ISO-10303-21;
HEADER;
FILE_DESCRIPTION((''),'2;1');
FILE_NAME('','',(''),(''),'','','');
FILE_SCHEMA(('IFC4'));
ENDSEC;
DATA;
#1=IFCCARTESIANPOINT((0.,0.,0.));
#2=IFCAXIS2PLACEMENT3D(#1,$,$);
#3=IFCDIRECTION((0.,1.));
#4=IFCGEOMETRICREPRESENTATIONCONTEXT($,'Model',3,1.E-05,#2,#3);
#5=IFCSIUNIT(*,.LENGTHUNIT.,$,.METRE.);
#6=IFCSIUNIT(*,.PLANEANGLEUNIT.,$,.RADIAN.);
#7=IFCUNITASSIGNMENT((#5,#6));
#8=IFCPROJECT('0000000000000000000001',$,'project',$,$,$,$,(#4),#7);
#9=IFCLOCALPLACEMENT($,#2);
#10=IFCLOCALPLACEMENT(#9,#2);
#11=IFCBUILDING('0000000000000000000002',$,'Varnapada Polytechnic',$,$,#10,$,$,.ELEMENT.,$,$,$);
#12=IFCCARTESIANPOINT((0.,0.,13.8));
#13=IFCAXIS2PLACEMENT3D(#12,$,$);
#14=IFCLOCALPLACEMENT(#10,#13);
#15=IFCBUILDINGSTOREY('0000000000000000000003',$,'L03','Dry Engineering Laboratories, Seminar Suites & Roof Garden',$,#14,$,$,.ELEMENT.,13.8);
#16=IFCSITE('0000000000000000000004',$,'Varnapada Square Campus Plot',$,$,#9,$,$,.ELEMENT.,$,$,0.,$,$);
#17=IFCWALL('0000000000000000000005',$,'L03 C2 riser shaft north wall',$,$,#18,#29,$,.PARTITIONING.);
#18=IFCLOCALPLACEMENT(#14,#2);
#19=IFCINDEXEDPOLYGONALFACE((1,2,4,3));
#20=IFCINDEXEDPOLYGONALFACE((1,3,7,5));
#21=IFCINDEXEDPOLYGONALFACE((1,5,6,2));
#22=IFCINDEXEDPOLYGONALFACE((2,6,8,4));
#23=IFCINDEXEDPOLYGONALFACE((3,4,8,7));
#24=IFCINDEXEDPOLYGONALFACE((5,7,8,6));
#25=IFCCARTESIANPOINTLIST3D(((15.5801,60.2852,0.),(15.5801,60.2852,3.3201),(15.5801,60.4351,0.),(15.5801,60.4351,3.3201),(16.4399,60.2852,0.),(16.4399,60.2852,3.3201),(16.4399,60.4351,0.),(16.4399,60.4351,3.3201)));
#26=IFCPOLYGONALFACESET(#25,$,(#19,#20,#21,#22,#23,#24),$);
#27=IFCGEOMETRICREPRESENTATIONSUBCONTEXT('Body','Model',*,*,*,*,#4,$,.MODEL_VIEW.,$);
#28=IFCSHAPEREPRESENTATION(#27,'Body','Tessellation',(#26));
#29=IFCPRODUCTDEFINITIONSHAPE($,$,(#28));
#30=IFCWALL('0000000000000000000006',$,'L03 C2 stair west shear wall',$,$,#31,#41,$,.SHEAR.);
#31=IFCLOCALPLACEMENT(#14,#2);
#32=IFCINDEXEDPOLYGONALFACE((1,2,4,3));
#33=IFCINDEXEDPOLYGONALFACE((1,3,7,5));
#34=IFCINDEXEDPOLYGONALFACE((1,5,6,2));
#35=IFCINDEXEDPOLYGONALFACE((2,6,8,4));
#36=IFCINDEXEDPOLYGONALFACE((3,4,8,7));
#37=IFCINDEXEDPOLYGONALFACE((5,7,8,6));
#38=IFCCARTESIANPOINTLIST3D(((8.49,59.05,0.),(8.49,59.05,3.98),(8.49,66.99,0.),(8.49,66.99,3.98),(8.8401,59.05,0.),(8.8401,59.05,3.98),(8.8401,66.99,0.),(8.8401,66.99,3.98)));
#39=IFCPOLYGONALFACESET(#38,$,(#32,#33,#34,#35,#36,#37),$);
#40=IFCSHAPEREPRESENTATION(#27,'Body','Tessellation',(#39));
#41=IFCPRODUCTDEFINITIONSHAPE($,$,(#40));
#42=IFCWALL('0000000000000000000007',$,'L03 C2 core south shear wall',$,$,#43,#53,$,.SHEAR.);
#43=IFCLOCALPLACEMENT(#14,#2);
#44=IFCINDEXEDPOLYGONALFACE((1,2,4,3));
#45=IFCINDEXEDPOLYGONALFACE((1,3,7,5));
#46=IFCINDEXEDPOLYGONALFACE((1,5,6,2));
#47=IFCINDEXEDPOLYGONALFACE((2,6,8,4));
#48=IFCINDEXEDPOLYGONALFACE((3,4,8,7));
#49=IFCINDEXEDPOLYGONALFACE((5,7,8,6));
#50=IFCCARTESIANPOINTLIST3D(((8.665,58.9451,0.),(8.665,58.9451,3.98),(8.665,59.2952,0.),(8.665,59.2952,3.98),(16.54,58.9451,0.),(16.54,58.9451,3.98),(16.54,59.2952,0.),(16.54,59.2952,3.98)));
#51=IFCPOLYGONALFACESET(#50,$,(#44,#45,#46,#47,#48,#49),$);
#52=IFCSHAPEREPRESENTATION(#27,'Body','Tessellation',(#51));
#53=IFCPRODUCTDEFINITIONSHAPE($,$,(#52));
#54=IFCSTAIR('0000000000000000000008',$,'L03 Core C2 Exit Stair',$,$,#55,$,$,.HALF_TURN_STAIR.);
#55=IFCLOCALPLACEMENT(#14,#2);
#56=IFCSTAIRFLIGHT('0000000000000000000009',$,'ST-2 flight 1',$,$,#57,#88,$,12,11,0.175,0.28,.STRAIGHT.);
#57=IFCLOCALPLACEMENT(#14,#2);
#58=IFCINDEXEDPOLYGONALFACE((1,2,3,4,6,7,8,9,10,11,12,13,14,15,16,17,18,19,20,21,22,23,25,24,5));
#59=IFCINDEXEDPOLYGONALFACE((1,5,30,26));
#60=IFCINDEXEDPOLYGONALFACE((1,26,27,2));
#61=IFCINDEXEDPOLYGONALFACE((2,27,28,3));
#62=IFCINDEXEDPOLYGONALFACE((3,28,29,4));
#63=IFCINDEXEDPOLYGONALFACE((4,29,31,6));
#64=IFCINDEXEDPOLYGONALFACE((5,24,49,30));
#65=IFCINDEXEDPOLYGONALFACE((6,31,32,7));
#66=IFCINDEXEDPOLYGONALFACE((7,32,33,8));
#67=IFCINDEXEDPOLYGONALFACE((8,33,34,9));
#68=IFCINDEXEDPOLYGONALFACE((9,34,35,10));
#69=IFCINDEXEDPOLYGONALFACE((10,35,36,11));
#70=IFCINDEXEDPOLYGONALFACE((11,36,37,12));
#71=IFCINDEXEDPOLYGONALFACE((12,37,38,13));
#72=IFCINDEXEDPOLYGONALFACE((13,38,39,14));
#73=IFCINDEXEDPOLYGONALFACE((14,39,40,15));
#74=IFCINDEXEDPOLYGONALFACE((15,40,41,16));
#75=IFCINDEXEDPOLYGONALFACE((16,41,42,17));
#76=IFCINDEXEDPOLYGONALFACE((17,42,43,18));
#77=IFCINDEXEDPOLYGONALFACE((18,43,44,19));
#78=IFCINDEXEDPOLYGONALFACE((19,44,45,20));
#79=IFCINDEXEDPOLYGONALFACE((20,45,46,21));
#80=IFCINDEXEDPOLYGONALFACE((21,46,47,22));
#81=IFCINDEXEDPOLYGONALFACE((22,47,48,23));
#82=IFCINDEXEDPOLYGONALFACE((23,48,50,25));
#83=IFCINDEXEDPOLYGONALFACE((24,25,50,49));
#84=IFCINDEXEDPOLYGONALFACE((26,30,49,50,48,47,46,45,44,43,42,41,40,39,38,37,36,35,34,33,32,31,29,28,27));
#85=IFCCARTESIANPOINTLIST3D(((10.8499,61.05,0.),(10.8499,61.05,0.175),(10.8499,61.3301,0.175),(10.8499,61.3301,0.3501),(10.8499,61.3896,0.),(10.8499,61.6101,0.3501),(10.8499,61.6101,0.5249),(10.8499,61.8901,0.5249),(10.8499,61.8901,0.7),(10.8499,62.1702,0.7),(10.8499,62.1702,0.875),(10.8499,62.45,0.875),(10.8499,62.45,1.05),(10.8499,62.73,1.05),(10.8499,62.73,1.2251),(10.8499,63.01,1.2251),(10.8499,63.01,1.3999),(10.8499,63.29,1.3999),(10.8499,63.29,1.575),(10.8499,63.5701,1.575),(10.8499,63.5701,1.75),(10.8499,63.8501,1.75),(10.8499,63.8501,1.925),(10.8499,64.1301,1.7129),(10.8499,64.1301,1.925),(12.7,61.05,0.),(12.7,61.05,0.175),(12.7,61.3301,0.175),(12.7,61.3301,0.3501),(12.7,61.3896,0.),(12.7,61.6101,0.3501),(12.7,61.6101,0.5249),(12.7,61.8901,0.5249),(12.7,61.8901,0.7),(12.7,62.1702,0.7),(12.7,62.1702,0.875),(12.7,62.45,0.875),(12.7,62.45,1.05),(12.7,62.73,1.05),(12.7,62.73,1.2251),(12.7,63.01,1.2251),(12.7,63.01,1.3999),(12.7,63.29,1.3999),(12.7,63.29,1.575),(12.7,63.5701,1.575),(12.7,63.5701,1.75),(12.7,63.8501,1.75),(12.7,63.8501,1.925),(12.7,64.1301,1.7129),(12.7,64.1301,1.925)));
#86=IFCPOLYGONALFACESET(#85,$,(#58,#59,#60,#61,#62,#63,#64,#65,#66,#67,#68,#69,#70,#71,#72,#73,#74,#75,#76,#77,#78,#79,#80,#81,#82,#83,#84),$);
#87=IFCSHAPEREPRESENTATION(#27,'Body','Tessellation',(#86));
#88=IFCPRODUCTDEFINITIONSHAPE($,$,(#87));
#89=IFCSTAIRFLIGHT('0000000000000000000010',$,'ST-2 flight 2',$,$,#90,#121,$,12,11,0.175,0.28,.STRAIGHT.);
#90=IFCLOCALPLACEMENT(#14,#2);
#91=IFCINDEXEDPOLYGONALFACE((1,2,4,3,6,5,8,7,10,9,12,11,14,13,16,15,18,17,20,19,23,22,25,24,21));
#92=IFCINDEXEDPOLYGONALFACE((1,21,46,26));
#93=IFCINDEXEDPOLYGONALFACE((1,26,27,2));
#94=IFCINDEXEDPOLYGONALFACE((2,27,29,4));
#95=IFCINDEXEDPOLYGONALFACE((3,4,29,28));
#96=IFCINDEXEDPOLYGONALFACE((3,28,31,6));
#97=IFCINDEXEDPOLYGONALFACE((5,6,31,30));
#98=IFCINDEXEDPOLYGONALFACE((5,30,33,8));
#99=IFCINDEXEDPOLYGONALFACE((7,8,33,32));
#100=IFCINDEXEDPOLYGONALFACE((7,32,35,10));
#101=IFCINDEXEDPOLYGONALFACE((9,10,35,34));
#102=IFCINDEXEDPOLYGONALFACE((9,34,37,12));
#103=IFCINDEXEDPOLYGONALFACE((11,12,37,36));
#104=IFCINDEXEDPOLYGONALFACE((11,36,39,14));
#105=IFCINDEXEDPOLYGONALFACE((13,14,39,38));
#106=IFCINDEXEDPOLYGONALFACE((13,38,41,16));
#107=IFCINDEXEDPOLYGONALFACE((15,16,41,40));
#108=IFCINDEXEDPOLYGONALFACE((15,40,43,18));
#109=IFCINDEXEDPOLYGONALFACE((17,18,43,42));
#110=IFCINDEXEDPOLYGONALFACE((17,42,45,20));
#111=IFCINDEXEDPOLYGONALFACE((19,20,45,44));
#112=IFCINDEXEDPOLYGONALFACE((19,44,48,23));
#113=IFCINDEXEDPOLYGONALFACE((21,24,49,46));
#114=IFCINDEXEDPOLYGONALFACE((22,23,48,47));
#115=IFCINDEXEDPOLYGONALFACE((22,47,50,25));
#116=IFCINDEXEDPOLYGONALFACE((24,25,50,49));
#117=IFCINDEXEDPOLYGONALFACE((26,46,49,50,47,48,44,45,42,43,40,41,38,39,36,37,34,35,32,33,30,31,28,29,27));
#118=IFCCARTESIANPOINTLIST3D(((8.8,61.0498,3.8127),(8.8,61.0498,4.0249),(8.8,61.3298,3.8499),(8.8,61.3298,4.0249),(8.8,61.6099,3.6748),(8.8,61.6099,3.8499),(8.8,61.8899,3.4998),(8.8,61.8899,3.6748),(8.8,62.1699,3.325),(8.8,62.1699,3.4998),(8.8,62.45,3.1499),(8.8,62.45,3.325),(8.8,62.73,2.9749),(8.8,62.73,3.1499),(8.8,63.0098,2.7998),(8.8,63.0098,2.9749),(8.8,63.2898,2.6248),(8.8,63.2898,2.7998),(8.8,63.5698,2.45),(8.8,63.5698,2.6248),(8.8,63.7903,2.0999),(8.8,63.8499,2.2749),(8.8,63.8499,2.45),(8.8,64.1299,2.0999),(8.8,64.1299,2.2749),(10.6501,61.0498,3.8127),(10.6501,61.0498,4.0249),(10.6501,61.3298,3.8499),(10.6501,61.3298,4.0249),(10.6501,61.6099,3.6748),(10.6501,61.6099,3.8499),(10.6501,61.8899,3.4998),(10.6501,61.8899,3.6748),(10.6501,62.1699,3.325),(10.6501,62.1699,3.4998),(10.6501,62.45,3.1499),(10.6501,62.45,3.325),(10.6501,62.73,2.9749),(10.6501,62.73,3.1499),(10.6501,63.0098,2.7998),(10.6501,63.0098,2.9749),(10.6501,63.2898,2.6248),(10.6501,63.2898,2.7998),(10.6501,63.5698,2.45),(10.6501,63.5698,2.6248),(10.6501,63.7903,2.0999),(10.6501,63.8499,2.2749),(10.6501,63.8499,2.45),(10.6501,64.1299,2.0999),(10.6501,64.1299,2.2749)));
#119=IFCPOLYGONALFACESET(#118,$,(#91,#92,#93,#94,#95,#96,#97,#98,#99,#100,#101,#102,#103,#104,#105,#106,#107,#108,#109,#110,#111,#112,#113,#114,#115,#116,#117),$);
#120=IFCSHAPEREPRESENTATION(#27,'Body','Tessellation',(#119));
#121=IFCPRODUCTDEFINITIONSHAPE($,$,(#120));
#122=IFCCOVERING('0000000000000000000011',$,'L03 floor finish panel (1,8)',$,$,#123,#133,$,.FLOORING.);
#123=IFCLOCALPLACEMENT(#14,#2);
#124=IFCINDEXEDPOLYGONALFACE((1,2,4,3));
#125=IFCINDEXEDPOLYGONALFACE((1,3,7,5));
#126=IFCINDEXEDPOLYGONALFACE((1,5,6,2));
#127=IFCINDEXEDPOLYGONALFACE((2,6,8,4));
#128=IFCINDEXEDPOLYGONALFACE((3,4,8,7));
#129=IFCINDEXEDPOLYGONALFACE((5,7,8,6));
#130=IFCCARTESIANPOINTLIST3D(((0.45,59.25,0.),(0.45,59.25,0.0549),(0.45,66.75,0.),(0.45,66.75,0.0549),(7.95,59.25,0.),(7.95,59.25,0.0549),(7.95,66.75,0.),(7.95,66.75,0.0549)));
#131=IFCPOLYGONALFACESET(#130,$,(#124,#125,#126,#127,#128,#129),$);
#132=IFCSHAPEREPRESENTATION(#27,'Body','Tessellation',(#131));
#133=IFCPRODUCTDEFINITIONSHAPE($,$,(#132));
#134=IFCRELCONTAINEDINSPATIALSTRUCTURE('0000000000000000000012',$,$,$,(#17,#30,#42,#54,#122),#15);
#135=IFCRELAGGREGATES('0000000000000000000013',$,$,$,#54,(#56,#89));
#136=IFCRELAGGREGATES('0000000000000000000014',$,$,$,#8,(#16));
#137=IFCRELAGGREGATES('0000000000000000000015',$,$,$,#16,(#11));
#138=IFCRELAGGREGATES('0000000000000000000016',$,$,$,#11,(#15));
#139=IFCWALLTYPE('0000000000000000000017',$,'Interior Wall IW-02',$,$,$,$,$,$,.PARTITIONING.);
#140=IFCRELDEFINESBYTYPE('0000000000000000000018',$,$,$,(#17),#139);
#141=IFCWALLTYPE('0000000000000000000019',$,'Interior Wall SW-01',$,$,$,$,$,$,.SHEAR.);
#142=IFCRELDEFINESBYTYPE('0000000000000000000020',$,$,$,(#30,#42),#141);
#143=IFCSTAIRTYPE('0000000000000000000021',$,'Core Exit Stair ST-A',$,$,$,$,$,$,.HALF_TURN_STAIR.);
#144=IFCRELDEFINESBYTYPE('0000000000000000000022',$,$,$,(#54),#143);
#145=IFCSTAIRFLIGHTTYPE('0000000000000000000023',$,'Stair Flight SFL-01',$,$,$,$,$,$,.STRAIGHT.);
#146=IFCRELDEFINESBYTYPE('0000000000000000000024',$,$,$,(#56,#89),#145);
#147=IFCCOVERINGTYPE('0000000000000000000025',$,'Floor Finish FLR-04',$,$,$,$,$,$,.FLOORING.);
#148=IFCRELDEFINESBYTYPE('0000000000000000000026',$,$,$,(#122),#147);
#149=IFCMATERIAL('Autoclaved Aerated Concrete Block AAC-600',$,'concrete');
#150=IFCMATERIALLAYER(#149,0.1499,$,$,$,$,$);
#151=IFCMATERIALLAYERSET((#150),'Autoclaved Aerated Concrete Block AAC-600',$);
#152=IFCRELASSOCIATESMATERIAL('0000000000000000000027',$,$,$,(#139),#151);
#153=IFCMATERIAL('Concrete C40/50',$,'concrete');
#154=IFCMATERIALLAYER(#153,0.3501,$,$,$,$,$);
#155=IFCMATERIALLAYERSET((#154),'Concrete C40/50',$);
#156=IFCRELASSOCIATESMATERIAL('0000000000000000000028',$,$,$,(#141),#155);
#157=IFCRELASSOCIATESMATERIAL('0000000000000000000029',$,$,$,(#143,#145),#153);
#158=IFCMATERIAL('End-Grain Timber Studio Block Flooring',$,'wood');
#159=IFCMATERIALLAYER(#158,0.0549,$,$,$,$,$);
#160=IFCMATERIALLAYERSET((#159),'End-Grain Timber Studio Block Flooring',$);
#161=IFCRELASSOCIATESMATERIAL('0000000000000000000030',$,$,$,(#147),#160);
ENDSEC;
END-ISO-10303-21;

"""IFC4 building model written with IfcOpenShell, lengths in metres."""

from ifc_helpers import new_model, si_unit, direction, frame, frame_2d, origin, origin_2d, place, context, subcontext, project, spatial, polyline, rectangle, outline, extrude, material, layer, layer_set, type_object, element, aggregate, save


model = new_model("IFC4")

# Units and contexts
model_context = context("Model", 3, precision=1e-05, world=origin(), true_north=direction((0.0, 1.0)))
body_context = subcontext(model_context, "Body", "Model", "MODEL_VIEW")
ifc_project = project(units=[si_unit("LENGTHUNIT", "METRE"), si_unit("PLANEANGLEUNIT", "RADIAN")], contexts=[model_context])

# Site, building, storey
site_placement = place(None, origin())
site = spatial("IfcSite", under=ifc_project, at=site_placement, Name="Varnapada Square Campus Plot", CompositionType="ELEMENT", RefElevation=0.0)
building_placement = place(site_placement, origin())
building = spatial("IfcBuilding", under=site, at=building_placement, Name="Varnapada Polytechnic", CompositionType="ELEMENT")
storey_placement = place(building_placement, frame((0.0, 0.0, 13.8)))
storey = spatial("IfcBuildingStorey", under=building, at=storey_placement, Name="L03", Description="Dry Engineering Laboratories, Seminar Suites & Roof Garden", CompositionType="ELEMENT", Elevation=13.8)

# Walls
ifc_material_1 = material(Name="Autoclaved Aerated Concrete Block AAC-600", Category="concrete")
ifc_layer_1 = layer(ifc_material_1, 0.1499)
ifc_layer_set_1 = layer_set([ifc_layer_1], Name="Autoclaved Aerated Concrete Block AAC-600")
wall_type_1 = type_object("IfcWallType", Name="Interior Wall IW-02", PredefinedType="PARTITIONING", material=ifc_layer_set_1)
wall_1_placement = place(storey_placement, frame((15.5801, 60.3601, 0.0), z_axis=(0.0, 0.0, 1.0), x_axis=(1.0, 0.0, 0.0)))
element("IfcWall", 1, at=wall_1_placement, inside=storey, type_object=wall_type_1, Name="L03 C2 riser shaft north wall", PredefinedType="PARTITIONING", context=body_context, shape_type="SweptSolid", body=[
    extrude(rectangle(XDim=0.8599, YDim=0.1499, at=frame_2d((0.4299, 0.0))), origin(), (0.0, 0.0, 1.0), 3.3201),
])
ifc_material_2 = material(Name="Concrete C40/50", Category="concrete")
ifc_layer_2 = layer(ifc_material_2, 0.3501)
ifc_layer_set_2 = layer_set([ifc_layer_2], Name="Concrete C40/50")
wall_type_2 = type_object("IfcWallType", Name="Interior Wall SW-01", PredefinedType="SHEAR", material=ifc_layer_set_2)
wall_2_placement = place(storey_placement, frame((8.665, 59.05, 0.0), z_axis=(0.0, 0.0, 1.0), x_axis=(0.0, 1.0, 0.0)))
element("IfcWall", 2, at=wall_2_placement, inside=storey, type_object=wall_type_2, Name="L03 C2 stair west shear wall", PredefinedType="SHEAR", context=body_context, shape_type="SweptSolid", body=[
    extrude(rectangle(XDim=7.9399, YDim=0.3501, at=frame_2d((3.97, 0.0))), origin(), (0.0, 0.0, 1.0), 3.98),
])
wall_3_placement = place(storey_placement, frame((16.54, 59.1201, 0.0), z_axis=(0.0, 0.0, 1.0), x_axis=(-1.0, 0.0, 0.0)))
element("IfcWall", 3, at=wall_3_placement, inside=storey, type_object=wall_type_2, Name="L03 C2 core south shear wall", PredefinedType="SHEAR", context=body_context, shape_type="SweptSolid", body=[
    extrude(rectangle(XDim=7.875, YDim=0.3501, at=frame_2d((3.9375, 0.0))), origin(), (0.0, 0.0, 1.0), 3.98),
])

# Stair, stair flights
stair_type = type_object("IfcStairType", Name="Core Exit Stair ST-A", PredefinedType="HALF_TURN_STAIR", material=ifc_material_2)
stair_placement = place(storey_placement, origin())
stair = element("IfcStair", 4, at=stair_placement, inside=storey, type_object=stair_type, Name="L03 Core C2 Exit Stair", PredefinedType="HALF_TURN_STAIR")
stair_flight_type = type_object("IfcStairFlightType", Name="Stair Flight SFL-01", PredefinedType="STRAIGHT", material=ifc_material_2)
stair_flight_1_placement = place(storey_placement, frame((11.7749, 61.05, 0.0), z_axis=(0.0, 0.0, 1.0), x_axis=(0.0, 1.0, 0.0)))
stair_flight_1 = element("IfcStairFlight", 5, at=stair_flight_1_placement, type_object=stair_flight_type, Name="ST-2 flight 1", NumberOfRisers=12, NumberOfTreads=11, PredefinedType="STRAIGHT", RiserHeight=0.175, TreadLength=0.28, context=body_context, shape_type="SweptSolid", body=[
    extrude(outline(polyline([(0.0, 0.0), (0.0, 0.175), (0.28, 0.175), (0.28, 0.3501), (0.5601, 0.3501), (0.5601, 0.5249), (0.8401, 0.5249), (0.8401, 0.7), (1.1201, 0.7), (1.1201, 0.875), (1.3999, 0.875), (1.3999, 1.05), (1.6799, 1.05), (1.6799, 1.2251), (1.96, 1.2251), (1.96, 1.3999), (2.24, 1.3999), (2.24, 1.575), (2.52, 1.575), (2.52, 1.75), (2.8, 1.75), (2.8, 1.925), (3.0801, 1.925), (3.0801, 2.1001), (3.0801, 1.7129), (0.3396, 0.0), (0.0, 0.0)])), frame((0.0, 0.925, 0.0), z_axis=(0.0, -1.0, 0.0), x_axis=(1.0, 0.0, 0.0)), (0.0, 0.0, 1.0), 1.8501),
])
stair_flight_2_placement = place(storey_placement, frame((9.7251, 64.1299, 2.0999), z_axis=(0.0, 0.0, 1.0), x_axis=(0.0, -1.0, 0.0)))
stair_flight_2 = element("IfcStairFlight", 6, at=stair_flight_2_placement, type_object=stair_flight_type, Name="ST-2 flight 2", NumberOfRisers=12, NumberOfTreads=11, PredefinedType="STRAIGHT", RiserHeight=0.175, TreadLength=0.28, context=body_context, shape_type="SweptSolid", body=[
    extrude(outline(polyline([(0.0, 0.0), (0.0, 0.175), (0.28, 0.175), (0.28, 0.3501), (0.5601, 0.3501), (0.5601, 0.5249), (0.8401, 0.5249), (0.8401, 0.7), (1.1201, 0.7), (1.1201, 0.875), (1.3999, 0.875), (1.3999, 1.05), (1.6799, 1.05), (1.6799, 1.2251), (1.96, 1.2251), (1.96, 1.3999), (2.24, 1.3999), (2.24, 1.575), (2.52, 1.575), (2.52, 1.75), (2.8, 1.75), (2.8, 1.925), (3.0801, 1.925), (3.0801, 2.1001), (3.0801, 1.7129), (0.3396, 0.0), (0.0, 0.0)])), frame((0.0, 0.925, 0.0), z_axis=(0.0, -1.0, 0.0), x_axis=(1.0, 0.0, 0.0)), (0.0, 0.0, 1.0), 1.8501),
])
aggregate(stair, [stair_flight_1, stair_flight_2])

# Covering
ifc_material_3 = material(Name="End-Grain Timber Studio Block Flooring", Category="wood")
ifc_layer_3 = layer(ifc_material_3, 0.0549)
ifc_layer_set_3 = layer_set([ifc_layer_3], Name="End-Grain Timber Studio Block Flooring")
covering_type = type_object("IfcCoveringType", Name="Floor Finish FLR-04", PredefinedType="FLOORING", material=ifc_layer_set_3)
covering_placement = place(storey_placement, frame((4.2, 63.0, 0.0), z_axis=(0.0, 0.0, 1.0), x_axis=(1.0, 0.0, 0.0)))
element("IfcCovering", 7, at=covering_placement, inside=storey, type_object=covering_type, Name="L03 floor finish panel (1,8)", PredefinedType="FLOORING", context=body_context, shape_type="SweptSolid", body=[
    extrude(rectangle(XDim=7.5, YDim=7.5, at=origin_2d()), origin(), (0.0, 0.0, 1.0), 0.0549),
])

save(model, "model.ifc")
